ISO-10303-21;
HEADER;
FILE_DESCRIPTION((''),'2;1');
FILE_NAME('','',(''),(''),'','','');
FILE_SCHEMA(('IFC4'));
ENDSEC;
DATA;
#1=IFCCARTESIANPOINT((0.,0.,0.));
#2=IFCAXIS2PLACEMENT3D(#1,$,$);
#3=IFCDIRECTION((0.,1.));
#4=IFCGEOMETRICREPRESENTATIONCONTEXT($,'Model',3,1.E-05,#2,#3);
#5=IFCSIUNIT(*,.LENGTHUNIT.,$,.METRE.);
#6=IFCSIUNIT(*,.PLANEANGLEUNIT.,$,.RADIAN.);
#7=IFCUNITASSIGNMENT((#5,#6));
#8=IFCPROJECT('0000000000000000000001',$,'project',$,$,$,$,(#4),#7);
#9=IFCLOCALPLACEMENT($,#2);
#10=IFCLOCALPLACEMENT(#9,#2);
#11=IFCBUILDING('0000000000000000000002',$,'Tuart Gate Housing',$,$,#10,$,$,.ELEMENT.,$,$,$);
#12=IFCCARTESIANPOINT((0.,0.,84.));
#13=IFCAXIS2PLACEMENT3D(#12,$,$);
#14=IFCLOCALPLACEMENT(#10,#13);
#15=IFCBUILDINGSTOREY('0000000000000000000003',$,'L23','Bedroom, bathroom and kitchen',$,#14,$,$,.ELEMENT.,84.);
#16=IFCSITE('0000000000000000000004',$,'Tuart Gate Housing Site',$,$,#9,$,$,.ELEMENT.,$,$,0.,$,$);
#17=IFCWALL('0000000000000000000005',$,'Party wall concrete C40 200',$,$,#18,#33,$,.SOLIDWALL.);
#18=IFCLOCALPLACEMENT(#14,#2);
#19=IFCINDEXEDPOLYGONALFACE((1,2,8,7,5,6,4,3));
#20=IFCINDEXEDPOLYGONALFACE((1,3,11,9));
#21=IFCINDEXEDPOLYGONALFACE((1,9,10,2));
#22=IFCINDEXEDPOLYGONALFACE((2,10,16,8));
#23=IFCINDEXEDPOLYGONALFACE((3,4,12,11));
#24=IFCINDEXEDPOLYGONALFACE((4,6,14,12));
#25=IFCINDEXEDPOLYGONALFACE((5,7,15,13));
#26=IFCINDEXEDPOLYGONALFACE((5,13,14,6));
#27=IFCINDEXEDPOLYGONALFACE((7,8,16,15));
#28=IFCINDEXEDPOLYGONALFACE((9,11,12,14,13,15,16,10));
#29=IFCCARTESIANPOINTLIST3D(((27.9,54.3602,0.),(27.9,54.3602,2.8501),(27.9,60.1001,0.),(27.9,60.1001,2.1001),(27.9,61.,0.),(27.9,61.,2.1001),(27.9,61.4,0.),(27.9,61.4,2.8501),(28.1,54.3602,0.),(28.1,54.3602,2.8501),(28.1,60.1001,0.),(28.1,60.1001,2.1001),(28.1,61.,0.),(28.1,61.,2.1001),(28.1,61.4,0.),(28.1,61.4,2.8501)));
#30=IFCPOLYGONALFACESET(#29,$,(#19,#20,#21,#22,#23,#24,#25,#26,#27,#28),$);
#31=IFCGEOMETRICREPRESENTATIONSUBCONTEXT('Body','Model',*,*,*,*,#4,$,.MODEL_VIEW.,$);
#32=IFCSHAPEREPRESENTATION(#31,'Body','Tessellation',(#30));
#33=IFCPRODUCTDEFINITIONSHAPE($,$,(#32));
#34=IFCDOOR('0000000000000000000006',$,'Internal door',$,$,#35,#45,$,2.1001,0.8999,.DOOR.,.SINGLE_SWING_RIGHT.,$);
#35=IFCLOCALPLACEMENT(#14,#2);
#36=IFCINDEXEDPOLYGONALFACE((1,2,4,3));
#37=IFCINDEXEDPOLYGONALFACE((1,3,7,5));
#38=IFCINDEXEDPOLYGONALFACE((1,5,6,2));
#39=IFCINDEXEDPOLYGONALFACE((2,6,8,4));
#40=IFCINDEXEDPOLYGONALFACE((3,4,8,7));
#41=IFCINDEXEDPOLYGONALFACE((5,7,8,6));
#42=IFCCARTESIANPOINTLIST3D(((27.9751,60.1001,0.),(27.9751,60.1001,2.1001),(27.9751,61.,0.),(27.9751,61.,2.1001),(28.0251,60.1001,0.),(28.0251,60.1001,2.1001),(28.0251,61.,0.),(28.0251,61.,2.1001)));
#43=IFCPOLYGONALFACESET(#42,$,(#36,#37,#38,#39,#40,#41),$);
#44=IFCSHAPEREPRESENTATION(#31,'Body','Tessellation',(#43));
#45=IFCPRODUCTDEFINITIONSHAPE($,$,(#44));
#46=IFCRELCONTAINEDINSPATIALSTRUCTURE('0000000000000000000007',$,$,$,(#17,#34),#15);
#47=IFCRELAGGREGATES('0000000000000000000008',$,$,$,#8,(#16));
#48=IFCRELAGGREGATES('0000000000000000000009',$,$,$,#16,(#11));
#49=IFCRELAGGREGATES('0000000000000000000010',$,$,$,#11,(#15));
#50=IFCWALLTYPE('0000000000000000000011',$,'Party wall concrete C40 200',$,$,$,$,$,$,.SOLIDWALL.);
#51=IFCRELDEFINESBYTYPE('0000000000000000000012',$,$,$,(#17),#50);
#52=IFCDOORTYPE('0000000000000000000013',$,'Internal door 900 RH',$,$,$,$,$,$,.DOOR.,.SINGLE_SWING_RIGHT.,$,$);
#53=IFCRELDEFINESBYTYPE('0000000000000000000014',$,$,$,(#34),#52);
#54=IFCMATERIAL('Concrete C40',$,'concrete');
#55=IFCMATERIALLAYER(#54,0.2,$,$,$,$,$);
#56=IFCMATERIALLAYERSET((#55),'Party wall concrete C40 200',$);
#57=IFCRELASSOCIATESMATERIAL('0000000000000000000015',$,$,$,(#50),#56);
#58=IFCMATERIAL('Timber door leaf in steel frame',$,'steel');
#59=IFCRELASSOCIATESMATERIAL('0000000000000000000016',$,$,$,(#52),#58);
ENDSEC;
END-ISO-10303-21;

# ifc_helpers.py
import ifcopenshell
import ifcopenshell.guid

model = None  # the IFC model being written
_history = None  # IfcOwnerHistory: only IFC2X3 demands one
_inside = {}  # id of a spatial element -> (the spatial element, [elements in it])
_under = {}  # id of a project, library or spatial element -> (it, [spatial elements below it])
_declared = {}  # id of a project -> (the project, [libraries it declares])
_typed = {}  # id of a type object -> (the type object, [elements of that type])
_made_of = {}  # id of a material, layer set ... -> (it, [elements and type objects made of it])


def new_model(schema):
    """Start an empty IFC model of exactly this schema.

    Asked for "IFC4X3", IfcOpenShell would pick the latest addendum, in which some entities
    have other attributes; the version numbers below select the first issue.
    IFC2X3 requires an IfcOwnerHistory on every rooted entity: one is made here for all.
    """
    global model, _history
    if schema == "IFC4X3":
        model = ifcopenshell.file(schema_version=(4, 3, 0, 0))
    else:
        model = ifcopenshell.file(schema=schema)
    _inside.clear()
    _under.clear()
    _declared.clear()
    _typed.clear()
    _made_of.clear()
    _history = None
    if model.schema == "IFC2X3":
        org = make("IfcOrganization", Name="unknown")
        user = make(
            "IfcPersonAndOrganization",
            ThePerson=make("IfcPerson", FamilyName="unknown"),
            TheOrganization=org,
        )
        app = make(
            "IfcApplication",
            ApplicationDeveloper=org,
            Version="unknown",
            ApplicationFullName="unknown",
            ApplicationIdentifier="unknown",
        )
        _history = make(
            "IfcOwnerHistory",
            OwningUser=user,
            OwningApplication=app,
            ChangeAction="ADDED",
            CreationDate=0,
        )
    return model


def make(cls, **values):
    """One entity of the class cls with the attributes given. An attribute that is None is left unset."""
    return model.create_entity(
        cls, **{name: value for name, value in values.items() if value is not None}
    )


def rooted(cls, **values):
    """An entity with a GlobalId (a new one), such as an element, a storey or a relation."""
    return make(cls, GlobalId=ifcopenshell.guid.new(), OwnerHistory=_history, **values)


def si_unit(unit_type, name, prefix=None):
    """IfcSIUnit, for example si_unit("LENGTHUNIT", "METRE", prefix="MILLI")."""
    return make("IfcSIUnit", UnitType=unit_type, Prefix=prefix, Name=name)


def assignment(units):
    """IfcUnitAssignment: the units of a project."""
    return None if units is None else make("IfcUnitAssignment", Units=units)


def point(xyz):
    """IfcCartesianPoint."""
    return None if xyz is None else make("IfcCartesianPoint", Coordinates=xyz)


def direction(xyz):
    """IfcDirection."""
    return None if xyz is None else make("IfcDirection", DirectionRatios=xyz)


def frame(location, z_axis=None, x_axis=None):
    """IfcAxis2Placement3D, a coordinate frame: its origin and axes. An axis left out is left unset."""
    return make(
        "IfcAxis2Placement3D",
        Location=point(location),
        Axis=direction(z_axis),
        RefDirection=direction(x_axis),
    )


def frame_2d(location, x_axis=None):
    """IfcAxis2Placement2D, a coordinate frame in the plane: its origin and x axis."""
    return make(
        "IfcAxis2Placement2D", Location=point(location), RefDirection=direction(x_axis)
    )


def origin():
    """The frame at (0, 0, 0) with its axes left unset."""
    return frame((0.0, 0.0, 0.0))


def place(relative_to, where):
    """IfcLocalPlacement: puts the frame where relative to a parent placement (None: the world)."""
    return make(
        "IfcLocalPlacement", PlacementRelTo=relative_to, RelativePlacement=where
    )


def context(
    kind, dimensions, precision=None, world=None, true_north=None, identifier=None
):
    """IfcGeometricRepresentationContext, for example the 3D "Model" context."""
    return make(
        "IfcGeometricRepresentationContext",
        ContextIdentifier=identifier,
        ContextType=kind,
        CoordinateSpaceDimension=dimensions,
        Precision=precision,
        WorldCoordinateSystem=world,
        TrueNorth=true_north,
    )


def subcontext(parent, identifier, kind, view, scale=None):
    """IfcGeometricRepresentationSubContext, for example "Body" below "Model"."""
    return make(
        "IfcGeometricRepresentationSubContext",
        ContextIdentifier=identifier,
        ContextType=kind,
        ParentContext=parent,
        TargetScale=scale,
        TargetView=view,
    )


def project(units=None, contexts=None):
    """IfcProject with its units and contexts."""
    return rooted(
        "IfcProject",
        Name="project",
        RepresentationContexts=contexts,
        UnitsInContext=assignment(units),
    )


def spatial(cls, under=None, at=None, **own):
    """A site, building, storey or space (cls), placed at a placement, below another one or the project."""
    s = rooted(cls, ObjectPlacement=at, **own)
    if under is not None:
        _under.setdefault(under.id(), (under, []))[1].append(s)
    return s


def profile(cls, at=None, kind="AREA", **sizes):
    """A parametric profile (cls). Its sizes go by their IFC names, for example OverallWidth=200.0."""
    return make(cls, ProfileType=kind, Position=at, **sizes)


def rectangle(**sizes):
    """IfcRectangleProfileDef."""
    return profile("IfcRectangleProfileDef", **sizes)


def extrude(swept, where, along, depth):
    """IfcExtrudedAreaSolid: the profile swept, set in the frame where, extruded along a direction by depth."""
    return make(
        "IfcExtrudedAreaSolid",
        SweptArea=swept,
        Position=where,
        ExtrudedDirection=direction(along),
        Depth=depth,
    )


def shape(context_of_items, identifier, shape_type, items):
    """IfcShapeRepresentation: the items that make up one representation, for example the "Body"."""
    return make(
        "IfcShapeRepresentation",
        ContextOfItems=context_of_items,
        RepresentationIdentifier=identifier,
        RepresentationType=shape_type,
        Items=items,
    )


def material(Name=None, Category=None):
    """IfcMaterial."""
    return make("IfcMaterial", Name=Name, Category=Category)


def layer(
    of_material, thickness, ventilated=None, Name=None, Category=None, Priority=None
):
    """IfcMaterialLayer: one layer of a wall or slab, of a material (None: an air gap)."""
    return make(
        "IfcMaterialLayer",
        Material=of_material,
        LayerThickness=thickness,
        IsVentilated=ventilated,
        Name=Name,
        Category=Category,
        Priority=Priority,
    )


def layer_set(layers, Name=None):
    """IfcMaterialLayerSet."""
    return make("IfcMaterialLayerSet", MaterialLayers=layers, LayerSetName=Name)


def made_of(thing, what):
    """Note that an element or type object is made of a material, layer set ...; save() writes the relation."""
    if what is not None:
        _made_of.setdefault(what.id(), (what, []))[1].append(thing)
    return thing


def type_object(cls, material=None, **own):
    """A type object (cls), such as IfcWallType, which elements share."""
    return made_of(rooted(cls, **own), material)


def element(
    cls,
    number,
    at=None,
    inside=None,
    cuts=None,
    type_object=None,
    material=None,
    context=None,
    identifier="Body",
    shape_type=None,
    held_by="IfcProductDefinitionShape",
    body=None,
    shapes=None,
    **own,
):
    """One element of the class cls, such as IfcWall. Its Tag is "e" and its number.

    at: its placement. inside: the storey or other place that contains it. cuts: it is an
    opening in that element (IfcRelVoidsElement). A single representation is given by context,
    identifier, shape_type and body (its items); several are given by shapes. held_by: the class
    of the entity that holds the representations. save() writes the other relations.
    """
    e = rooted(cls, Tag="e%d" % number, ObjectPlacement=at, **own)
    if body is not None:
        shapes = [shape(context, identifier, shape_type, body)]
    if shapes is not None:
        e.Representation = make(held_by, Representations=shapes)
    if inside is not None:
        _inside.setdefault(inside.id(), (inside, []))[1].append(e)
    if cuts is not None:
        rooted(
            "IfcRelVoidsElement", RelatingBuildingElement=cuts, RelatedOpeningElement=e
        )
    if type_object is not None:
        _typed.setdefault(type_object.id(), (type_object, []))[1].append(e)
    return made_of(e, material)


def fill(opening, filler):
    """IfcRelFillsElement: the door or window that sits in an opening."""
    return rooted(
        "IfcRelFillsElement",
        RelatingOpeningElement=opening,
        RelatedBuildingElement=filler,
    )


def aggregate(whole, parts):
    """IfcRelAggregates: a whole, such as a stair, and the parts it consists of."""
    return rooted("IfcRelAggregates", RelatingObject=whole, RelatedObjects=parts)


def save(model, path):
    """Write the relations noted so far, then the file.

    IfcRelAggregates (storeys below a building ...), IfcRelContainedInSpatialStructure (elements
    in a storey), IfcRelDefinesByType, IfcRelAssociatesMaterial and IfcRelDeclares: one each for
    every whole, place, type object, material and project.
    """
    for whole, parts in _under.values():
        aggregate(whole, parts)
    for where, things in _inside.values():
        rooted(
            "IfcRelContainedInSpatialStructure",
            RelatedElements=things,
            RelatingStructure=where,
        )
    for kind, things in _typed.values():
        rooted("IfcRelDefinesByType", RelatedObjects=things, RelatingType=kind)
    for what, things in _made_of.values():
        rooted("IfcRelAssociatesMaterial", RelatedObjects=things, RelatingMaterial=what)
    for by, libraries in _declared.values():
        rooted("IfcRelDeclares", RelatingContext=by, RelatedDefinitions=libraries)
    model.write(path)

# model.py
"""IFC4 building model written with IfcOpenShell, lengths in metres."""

from ifc_helpers import new_model, si_unit, direction, frame, frame_2d, origin, place, context, subcontext, project, spatial, rectangle, extrude, material, layer, layer_set, type_object, element, fill, save


model = new_model("IFC4")

# Units and contexts
model_context = context("Model", 3, precision=1e-05, world=origin(), true_north=direction((0.0, 1.0)))
body_context = subcontext(model_context, "Body", "Model", "MODEL_VIEW")
ifc_project = project(units=[si_unit("LENGTHUNIT", "METRE"), si_unit("PLANEANGLEUNIT", "RADIAN")], contexts=[model_context])

# Site, building, storey
site_placement = place(None, origin())
site = spatial("IfcSite", under=ifc_project, at=site_placement, Name="Tuart Gate Housing Site", CompositionType="ELEMENT", RefElevation=0.0)
building_placement = place(site_placement, origin())
building = spatial("IfcBuilding", under=site, at=building_placement, Name="Tuart Gate Housing", CompositionType="ELEMENT")
storey_placement = place(building_placement, frame((0.0, 0.0, 84.0)))
storey = spatial("IfcBuildingStorey", under=building, at=storey_placement, Name="L23", Description="Bedroom, bathroom and kitchen", CompositionType="ELEMENT", Elevation=84.0)

# Wall, opening, door
ifc_material_1 = material(Name="Concrete C40", Category="concrete")
ifc_layer_1 = layer(ifc_material_1, 0.2)
ifc_layer_set_1 = layer_set([ifc_layer_1], Name="Party wall concrete C40 200")
wall_type_1 = type_object("IfcWallType", Name="Party wall concrete C40 200", PredefinedType="SOLIDWALL", material=ifc_layer_set_1)
wall_1_placement = place(storey_placement, frame((28.0, 54.3601, 0.0), z_axis=(0.0, 0.0, 1.0), x_axis=(0.0, 1.0, 0.0)))
wall_1 = element("IfcWall", 1, at=wall_1_placement, inside=storey, type_object=wall_type_1, Name="Party wall concrete C40 200", PredefinedType="SOLIDWALL", context=body_context, shape_type="SweptSolid", body=[
    extrude(rectangle(XDim=7.0398, YDim=0.2, at=frame_2d((3.52, 0.0))), origin(), (0.0, 0.0, 1.0), 2.8501),
])
opening_1_placement = place(wall_1_placement, frame((5.74, 0.0, 0.0)))
opening_1 = element("IfcOpeningElement", 2, at=opening_1_placement, cuts=wall_1, PredefinedType="OPENING", context=body_context, shape_type="SweptSolid", body=[
    extrude(rectangle(XDim=0.8999, YDim=2.1001, at=frame_2d((0.45, 1.05))), frame((0.0, 0.1099, 0.0), z_axis=(0.0, -1.0, 0.0), x_axis=(1.0, 0.0, 0.0)), (0.0, 0.0, 1.0), 0.22),
])
ifc_material_2 = material(Name="Timber door leaf in steel frame", Category="steel")
door_type = type_object("IfcDoorType", Name="Internal door 900 RH", OperationType="SINGLE_SWING_RIGHT", PredefinedType="DOOR", material=ifc_material_2)
door_placement = place(opening_1_placement, origin())
door = element("IfcDoor", 3, at=door_placement, inside=storey, type_object=door_type, Name="Internal door", OperationType="SINGLE_SWING_RIGHT", OverallHeight=2.1001, OverallWidth=0.8999, PredefinedType="DOOR", context=body_context, shape_type="SweptSolid", body=[
    extrude(rectangle(XDim=0.8999, YDim=2.1001, at=frame_2d((0.45, 1.05))), frame((0.0, 0.0249, 0.0), z_axis=(0.0, -1.0, 0.0), x_axis=(1.0, 0.0, 0.0)), (0.0, 0.0, 1.0), 0.05),
])
fill(opening_1, door)

save(model, "model.ifc")
